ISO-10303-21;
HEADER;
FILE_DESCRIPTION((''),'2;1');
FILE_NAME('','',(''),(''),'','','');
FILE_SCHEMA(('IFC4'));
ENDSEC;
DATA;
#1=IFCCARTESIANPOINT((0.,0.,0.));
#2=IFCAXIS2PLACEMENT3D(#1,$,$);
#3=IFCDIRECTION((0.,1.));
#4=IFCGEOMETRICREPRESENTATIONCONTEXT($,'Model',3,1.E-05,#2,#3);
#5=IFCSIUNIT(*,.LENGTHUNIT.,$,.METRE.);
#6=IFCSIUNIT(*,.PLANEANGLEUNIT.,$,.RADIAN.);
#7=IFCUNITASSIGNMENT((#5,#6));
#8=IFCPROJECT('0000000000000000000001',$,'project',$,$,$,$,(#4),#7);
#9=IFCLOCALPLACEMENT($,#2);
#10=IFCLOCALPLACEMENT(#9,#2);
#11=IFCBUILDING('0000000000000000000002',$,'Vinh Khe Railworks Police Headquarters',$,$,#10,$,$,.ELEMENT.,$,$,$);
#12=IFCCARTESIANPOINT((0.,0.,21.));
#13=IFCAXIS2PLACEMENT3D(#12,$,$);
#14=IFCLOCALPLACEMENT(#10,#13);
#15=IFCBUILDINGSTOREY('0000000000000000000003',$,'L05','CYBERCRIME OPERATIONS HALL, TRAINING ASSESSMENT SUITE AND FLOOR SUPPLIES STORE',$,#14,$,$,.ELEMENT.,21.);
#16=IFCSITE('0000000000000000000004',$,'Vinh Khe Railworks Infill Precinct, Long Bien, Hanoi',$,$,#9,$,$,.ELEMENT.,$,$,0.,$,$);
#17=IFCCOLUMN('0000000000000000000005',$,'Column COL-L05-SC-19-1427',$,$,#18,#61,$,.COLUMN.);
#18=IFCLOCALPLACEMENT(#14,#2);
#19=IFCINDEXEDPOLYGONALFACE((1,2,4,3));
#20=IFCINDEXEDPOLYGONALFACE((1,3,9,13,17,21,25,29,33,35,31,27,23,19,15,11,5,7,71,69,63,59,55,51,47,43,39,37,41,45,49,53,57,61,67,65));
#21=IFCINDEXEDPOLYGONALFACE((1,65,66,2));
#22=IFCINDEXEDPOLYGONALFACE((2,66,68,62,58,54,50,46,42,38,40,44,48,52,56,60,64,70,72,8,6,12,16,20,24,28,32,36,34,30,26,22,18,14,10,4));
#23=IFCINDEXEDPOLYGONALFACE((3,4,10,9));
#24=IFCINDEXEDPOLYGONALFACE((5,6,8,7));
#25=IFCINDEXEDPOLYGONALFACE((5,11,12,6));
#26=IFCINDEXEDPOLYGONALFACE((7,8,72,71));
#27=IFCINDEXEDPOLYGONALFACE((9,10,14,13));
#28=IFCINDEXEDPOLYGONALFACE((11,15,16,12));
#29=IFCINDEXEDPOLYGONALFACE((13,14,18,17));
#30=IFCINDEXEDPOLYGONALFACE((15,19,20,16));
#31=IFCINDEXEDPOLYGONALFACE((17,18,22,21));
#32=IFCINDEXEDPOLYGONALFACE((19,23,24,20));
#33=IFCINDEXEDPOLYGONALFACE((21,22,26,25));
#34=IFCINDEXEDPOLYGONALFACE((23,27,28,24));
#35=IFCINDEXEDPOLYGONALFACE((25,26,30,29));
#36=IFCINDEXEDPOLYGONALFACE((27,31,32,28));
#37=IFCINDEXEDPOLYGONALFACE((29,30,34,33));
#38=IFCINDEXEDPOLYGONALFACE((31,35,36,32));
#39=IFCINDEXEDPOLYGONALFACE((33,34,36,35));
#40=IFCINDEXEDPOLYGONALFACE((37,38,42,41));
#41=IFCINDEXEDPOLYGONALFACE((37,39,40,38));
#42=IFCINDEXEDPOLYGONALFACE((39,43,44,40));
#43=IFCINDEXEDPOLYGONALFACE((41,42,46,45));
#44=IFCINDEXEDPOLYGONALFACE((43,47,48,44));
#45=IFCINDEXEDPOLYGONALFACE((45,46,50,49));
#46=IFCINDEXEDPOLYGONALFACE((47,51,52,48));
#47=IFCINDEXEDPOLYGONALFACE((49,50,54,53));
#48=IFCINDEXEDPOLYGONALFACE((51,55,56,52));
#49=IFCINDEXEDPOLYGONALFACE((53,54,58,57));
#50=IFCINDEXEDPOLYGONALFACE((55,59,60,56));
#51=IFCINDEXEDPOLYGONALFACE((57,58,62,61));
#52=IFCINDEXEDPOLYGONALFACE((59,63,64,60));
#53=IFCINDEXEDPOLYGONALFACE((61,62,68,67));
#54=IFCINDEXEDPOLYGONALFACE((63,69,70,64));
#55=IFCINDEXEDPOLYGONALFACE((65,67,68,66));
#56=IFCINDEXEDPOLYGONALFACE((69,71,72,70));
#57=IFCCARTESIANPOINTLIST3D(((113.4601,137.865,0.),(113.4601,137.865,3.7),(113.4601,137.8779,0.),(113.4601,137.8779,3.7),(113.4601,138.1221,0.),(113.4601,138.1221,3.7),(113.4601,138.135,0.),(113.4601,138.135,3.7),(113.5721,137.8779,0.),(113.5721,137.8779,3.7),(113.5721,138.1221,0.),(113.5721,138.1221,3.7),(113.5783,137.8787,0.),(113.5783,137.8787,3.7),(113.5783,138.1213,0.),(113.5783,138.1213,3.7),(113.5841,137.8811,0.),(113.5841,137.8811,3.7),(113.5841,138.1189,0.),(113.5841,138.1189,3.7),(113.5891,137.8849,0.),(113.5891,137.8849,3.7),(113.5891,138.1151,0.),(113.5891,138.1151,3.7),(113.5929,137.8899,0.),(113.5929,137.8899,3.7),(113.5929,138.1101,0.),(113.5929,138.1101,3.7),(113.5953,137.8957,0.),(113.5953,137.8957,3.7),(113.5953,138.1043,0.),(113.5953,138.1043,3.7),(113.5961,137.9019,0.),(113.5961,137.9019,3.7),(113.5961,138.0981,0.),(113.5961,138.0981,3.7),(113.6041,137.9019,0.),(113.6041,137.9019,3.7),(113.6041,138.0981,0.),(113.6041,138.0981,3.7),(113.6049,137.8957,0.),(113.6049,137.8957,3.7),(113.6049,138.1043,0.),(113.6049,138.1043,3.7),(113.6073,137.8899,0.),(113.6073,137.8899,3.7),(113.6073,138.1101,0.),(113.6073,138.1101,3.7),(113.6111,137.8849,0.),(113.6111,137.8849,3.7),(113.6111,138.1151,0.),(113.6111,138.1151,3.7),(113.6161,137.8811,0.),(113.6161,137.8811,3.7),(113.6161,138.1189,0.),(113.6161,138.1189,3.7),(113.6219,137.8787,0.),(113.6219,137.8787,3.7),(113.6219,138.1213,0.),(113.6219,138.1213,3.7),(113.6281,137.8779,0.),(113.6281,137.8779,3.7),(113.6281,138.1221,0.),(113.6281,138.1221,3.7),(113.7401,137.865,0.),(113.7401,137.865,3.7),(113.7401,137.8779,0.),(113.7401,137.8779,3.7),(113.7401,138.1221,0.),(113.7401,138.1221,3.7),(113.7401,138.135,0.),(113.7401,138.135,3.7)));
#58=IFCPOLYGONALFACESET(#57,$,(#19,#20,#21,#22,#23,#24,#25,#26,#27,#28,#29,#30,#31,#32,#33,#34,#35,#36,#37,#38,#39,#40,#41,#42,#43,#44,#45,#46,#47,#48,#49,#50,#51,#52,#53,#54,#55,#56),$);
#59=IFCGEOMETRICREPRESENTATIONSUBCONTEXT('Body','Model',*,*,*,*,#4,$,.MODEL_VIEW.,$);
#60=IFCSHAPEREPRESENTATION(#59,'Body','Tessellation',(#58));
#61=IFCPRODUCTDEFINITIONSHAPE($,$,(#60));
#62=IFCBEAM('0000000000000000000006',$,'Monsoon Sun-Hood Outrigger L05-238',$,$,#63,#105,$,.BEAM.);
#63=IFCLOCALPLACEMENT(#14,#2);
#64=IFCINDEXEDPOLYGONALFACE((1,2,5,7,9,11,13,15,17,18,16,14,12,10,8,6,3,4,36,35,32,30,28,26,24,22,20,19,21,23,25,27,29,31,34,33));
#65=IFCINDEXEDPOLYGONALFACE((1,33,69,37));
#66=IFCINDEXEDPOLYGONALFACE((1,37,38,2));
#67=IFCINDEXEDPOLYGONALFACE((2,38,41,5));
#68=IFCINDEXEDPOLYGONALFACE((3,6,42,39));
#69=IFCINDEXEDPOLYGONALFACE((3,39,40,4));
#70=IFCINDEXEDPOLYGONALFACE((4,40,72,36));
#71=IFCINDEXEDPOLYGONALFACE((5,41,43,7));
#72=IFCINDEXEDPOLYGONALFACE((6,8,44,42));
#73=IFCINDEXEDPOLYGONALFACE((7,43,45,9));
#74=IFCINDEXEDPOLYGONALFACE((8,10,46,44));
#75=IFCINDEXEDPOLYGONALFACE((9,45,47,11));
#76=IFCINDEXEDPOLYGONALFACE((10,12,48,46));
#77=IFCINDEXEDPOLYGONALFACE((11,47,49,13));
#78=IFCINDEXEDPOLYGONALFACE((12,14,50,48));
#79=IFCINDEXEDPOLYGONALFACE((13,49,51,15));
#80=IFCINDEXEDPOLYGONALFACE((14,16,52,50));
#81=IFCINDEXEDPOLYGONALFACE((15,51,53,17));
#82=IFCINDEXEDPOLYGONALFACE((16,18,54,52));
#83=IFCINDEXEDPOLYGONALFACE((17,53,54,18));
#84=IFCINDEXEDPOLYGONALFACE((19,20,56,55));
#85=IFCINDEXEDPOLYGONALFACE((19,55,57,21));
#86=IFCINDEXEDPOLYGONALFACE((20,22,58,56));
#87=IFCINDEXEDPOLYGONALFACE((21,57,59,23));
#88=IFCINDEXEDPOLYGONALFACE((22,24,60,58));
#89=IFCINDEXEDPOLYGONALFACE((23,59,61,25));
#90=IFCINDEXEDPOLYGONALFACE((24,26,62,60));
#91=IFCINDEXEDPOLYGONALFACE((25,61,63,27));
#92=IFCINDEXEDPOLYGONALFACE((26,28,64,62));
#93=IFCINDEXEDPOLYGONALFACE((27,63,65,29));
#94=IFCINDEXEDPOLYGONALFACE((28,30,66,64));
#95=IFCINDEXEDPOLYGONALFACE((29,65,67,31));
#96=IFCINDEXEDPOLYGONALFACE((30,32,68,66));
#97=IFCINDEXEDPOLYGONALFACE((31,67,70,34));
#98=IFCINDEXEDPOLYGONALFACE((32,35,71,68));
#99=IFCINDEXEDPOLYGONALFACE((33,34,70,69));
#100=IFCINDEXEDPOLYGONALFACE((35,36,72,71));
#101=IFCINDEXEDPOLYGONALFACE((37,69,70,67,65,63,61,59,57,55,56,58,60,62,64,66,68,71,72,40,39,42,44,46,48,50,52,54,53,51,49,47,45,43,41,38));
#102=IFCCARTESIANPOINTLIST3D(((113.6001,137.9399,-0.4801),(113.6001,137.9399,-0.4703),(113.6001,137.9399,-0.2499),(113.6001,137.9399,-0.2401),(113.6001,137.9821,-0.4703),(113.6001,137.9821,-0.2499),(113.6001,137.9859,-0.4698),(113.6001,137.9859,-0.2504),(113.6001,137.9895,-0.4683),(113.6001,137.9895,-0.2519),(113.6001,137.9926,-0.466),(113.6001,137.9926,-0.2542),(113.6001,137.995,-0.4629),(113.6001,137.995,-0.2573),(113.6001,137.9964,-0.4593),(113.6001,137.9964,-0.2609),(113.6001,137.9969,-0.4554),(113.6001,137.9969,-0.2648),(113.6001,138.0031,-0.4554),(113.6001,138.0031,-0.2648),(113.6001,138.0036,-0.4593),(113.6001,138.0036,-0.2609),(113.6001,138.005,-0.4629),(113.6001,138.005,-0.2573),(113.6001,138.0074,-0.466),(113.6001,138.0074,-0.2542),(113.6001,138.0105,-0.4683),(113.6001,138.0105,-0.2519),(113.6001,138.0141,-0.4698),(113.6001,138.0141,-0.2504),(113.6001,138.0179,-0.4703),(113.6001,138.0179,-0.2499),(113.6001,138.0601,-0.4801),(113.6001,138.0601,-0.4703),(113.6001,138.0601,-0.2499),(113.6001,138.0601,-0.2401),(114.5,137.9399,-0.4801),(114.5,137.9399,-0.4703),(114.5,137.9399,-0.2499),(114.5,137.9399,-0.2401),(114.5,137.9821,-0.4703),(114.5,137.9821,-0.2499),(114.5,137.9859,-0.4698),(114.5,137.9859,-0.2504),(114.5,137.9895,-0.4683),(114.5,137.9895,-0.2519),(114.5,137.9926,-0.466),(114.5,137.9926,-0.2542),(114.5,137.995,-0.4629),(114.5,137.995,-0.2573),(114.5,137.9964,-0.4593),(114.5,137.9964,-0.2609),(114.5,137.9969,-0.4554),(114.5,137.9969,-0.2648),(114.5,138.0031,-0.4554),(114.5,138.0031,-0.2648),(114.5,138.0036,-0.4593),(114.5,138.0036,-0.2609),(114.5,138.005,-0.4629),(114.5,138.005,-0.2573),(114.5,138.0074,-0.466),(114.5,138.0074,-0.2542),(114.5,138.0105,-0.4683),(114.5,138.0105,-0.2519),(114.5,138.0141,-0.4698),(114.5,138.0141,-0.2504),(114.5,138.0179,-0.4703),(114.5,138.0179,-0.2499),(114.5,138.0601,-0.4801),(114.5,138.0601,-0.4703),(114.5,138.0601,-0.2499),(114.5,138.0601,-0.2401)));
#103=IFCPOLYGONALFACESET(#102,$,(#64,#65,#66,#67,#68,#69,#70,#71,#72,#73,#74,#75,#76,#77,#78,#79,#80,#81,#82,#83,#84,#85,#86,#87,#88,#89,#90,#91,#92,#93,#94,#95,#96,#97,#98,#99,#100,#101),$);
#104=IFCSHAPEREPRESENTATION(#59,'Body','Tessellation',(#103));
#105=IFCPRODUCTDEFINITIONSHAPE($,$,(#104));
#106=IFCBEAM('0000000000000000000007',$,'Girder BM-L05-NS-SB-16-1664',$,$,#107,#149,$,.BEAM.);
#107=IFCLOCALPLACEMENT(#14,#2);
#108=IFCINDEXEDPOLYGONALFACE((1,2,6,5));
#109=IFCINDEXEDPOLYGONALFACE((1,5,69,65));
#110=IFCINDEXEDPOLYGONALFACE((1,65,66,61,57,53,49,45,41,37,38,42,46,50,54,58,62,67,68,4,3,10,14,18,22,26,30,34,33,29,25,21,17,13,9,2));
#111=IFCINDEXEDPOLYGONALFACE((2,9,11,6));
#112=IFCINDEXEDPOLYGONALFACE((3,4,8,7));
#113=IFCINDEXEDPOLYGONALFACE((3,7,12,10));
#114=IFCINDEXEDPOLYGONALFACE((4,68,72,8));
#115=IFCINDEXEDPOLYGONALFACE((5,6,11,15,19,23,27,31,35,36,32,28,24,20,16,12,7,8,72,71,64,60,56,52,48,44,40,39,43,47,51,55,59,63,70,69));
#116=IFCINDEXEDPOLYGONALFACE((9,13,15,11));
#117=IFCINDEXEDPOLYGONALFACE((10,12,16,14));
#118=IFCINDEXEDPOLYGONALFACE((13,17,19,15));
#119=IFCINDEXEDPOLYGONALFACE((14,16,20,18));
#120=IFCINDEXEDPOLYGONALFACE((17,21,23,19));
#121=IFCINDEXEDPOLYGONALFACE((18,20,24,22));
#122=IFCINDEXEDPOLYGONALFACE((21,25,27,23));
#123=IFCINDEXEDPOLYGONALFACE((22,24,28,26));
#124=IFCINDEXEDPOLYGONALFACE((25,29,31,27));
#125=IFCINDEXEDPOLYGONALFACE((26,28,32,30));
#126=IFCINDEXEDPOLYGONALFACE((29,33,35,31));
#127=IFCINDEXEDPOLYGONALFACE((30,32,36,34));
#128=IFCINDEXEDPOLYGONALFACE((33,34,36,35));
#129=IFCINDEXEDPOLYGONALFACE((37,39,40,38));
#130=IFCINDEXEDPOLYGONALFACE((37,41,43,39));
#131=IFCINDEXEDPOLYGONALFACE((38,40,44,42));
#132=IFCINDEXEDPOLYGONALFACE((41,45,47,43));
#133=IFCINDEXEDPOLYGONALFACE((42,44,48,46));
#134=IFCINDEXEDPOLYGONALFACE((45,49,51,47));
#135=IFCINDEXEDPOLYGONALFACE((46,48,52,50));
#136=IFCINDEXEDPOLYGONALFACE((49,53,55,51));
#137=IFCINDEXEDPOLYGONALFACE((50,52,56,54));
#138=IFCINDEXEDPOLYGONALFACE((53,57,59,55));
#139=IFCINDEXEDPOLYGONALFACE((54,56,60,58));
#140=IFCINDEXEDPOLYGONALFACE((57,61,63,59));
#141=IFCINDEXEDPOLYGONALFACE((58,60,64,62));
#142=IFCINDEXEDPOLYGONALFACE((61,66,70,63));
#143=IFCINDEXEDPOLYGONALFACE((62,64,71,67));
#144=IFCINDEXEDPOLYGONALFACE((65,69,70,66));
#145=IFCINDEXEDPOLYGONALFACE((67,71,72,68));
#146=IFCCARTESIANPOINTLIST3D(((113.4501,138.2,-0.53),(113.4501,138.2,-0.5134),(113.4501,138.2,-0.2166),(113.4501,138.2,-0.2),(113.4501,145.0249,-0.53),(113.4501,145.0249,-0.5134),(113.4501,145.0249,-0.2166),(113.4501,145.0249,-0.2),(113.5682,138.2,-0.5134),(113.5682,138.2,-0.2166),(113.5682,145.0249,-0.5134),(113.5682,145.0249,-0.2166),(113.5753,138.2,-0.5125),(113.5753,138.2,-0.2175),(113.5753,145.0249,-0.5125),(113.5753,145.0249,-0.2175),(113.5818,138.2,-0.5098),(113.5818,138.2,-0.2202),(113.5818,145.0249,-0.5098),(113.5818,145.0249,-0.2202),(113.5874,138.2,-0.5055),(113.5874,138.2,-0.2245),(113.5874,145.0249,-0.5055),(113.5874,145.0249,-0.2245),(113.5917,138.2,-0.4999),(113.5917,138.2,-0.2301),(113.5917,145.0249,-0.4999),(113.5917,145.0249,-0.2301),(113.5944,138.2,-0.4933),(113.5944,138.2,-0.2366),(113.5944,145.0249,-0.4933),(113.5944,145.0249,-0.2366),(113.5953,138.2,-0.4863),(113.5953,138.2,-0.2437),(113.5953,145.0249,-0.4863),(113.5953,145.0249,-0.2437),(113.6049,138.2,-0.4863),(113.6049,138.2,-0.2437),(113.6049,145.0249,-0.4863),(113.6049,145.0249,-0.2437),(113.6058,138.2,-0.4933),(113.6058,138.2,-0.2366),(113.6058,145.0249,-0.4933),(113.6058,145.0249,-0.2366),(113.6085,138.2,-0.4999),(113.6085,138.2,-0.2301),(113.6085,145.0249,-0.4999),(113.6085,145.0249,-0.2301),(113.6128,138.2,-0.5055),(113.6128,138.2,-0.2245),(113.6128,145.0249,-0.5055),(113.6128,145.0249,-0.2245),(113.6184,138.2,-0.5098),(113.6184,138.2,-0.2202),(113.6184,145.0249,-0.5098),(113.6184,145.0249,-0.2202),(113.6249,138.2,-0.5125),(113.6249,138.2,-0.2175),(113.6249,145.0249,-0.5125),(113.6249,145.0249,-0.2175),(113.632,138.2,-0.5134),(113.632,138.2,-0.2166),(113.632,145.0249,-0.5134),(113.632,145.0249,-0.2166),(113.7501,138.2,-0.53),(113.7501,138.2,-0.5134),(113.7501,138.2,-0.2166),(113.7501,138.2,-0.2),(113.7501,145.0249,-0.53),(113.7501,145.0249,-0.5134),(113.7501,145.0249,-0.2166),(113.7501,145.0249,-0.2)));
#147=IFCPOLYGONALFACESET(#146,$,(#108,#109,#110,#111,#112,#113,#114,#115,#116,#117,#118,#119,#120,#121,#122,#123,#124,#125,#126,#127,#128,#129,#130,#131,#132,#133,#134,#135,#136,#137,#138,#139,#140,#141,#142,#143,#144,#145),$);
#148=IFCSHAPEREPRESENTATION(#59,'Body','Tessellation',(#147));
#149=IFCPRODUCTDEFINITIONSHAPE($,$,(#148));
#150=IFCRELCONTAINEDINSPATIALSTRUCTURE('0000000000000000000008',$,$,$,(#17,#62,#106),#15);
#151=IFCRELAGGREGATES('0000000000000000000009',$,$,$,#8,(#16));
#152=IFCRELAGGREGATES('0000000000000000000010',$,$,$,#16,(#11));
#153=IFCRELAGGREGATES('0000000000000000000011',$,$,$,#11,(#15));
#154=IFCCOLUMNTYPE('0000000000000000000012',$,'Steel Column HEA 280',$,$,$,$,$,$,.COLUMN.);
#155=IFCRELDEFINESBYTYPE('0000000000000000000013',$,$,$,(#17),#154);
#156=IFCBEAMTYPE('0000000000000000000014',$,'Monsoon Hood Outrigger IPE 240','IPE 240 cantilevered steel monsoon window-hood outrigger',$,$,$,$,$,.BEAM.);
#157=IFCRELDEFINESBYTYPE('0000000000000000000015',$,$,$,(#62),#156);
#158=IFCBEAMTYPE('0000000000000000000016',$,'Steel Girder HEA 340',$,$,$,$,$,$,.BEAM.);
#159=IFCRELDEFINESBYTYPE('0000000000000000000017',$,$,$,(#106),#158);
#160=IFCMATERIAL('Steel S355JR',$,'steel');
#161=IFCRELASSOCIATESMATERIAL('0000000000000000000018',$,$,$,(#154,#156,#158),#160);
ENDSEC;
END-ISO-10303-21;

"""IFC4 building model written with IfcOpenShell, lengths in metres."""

from ifc_helpers import new_model, si_unit, direction, frame, origin, origin_2d, place, context, subcontext, project, spatial, i_section, extrude, material, material_profile, profile_set, type_object, element, save


model = new_model("IFC4")

# Units and contexts
model_context = context("Model", 3, precision=1e-05, world=origin(), true_north=direction((0.0, 1.0)))
body_context = subcontext(model_context, "Body", "Model", "MODEL_VIEW")
ifc_project = project(units=[si_unit("LENGTHUNIT", "METRE"), si_unit("PLANEANGLEUNIT", "RADIAN")], contexts=[model_context])

# Site, building, storey
site_placement = place(None, origin())
site = spatial("IfcSite", under=ifc_project, at=site_placement, Name="Vinh Khe Railworks Infill Precinct, Long Bien, Hanoi", CompositionType="ELEMENT", RefElevation=0.0)
building_placement = place(site_placement, origin())
building = spatial("IfcBuilding", under=site, at=building_placement, Name="Vinh Khe Railworks Police Headquarters", CompositionType="ELEMENT")
storey_placement = place(building_placement, frame((0.0, 0.0, 21.0)))
storey = spatial("IfcBuildingStorey", under=building, at=storey_placement, Name="L05", Description="CYBERCRIME OPERATIONS HALL, TRAINING ASSESSMENT SUITE AND FLOOR SUPPLIES STORE", CompositionType="ELEMENT", Elevation=21.0)

# Column
ifc_material_1 = material(Name="Steel S355JR", Category="steel")
ifc_material_profile_1 = material_profile(ifc_material_1, i_section(OverallWidth=0.28, OverallDepth=0.27, WebThickness=0.0081, FlangeThickness=0.0129, FilletRadius=0.0239, at=origin_2d()), Name="HEA 280")
ifc_profile_set_1 = profile_set([ifc_material_profile_1], Name="Steel S355JR")
column_type = type_object("IfcColumnType", Name="Steel Column HEA 280", PredefinedType="COLUMN", material=ifc_profile_set_1)
column_placement = place(storey_placement, frame((113.6001, 138.0, 0.0), z_axis=(0.0, 0.0, 1.0), x_axis=(1.0, 0.0, 0.0)))
element("IfcColumn", 1, at=column_placement, inside=storey, type_object=column_type, Name="Column COL-L05-SC-19-1427", PredefinedType="COLUMN", context=body_context, shape_type="SweptSolid", body=[
    extrude(i_section(OverallWidth=0.28, OverallDepth=0.27, WebThickness=0.0081, FlangeThickness=0.0129, FilletRadius=0.0239, at=origin_2d()), origin(), (0.0, 0.0, 1.0), 3.7),
])

# Beams
ifc_material_profile_2 = material_profile(ifc_material_1, i_section(OverallWidth=0.1201, OverallDepth=0.24, WebThickness=0.0061, FlangeThickness=0.0098, FilletRadius=0.0149, at=origin_2d()), Name="IPE 240")
ifc_profile_set_2 = profile_set([ifc_material_profile_2], Name="Steel S355JR")
beam_type_1 = type_object("IfcBeamType", Name="Monsoon Hood Outrigger IPE 240", Description="IPE 240 cantilevered steel monsoon window-hood outrigger", PredefinedType="BEAM", material=ifc_profile_set_2)
beam_1_placement = place(storey_placement, frame((113.6001, 138.0, -0.3601), z_axis=(1.0, 0.0, 0.0), x_axis=(0.0, 1.0, 0.0)))
element("IfcBeam", 2, at=beam_1_placement, inside=storey, type_object=beam_type_1, Name="Monsoon Sun-Hood Outrigger L05-238", PredefinedType="BEAM", context=body_context, shape_type="SweptSolid", body=[
    extrude(i_section(OverallWidth=0.1201, OverallDepth=0.24, WebThickness=0.0061, FlangeThickness=0.0098, FilletRadius=0.0149, at=origin_2d()), origin(), (0.0, 0.0, 1.0), 0.8999),
])
ifc_material_profile_3 = material_profile(ifc_material_1, i_section(OverallWidth=0.3, OverallDepth=0.3301, WebThickness=0.0095, FlangeThickness=0.0166, FilletRadius=0.0271, at=origin_2d()), Name="HEA 340")
ifc_profile_set_3 = profile_set([ifc_material_profile_3], Name="Steel S355JR")
beam_type_2 = type_object("IfcBeamType", Name="Steel Girder HEA 340", PredefinedType="BEAM", material=ifc_profile_set_3)
beam_2_placement = place(storey_placement, frame((113.6001, 138.2, -0.365), z_axis=(0.0, 1.0, 0.0), x_axis=(-1.0, 0.0, 0.0)))
element("IfcBeam", 3, at=beam_2_placement, inside=storey, type_object=beam_type_2, Name="Girder BM-L05-NS-SB-16-1664", PredefinedType="BEAM", context=body_context, shape_type="SweptSolid", body=[
    extrude(i_section(OverallWidth=0.3, OverallDepth=0.3301, WebThickness=0.0095, FlangeThickness=0.0166, FilletRadius=0.0271, at=origin_2d()), origin(), (0.0, 0.0, 1.0), 6.825),
])

save(model, "model.ifc")
